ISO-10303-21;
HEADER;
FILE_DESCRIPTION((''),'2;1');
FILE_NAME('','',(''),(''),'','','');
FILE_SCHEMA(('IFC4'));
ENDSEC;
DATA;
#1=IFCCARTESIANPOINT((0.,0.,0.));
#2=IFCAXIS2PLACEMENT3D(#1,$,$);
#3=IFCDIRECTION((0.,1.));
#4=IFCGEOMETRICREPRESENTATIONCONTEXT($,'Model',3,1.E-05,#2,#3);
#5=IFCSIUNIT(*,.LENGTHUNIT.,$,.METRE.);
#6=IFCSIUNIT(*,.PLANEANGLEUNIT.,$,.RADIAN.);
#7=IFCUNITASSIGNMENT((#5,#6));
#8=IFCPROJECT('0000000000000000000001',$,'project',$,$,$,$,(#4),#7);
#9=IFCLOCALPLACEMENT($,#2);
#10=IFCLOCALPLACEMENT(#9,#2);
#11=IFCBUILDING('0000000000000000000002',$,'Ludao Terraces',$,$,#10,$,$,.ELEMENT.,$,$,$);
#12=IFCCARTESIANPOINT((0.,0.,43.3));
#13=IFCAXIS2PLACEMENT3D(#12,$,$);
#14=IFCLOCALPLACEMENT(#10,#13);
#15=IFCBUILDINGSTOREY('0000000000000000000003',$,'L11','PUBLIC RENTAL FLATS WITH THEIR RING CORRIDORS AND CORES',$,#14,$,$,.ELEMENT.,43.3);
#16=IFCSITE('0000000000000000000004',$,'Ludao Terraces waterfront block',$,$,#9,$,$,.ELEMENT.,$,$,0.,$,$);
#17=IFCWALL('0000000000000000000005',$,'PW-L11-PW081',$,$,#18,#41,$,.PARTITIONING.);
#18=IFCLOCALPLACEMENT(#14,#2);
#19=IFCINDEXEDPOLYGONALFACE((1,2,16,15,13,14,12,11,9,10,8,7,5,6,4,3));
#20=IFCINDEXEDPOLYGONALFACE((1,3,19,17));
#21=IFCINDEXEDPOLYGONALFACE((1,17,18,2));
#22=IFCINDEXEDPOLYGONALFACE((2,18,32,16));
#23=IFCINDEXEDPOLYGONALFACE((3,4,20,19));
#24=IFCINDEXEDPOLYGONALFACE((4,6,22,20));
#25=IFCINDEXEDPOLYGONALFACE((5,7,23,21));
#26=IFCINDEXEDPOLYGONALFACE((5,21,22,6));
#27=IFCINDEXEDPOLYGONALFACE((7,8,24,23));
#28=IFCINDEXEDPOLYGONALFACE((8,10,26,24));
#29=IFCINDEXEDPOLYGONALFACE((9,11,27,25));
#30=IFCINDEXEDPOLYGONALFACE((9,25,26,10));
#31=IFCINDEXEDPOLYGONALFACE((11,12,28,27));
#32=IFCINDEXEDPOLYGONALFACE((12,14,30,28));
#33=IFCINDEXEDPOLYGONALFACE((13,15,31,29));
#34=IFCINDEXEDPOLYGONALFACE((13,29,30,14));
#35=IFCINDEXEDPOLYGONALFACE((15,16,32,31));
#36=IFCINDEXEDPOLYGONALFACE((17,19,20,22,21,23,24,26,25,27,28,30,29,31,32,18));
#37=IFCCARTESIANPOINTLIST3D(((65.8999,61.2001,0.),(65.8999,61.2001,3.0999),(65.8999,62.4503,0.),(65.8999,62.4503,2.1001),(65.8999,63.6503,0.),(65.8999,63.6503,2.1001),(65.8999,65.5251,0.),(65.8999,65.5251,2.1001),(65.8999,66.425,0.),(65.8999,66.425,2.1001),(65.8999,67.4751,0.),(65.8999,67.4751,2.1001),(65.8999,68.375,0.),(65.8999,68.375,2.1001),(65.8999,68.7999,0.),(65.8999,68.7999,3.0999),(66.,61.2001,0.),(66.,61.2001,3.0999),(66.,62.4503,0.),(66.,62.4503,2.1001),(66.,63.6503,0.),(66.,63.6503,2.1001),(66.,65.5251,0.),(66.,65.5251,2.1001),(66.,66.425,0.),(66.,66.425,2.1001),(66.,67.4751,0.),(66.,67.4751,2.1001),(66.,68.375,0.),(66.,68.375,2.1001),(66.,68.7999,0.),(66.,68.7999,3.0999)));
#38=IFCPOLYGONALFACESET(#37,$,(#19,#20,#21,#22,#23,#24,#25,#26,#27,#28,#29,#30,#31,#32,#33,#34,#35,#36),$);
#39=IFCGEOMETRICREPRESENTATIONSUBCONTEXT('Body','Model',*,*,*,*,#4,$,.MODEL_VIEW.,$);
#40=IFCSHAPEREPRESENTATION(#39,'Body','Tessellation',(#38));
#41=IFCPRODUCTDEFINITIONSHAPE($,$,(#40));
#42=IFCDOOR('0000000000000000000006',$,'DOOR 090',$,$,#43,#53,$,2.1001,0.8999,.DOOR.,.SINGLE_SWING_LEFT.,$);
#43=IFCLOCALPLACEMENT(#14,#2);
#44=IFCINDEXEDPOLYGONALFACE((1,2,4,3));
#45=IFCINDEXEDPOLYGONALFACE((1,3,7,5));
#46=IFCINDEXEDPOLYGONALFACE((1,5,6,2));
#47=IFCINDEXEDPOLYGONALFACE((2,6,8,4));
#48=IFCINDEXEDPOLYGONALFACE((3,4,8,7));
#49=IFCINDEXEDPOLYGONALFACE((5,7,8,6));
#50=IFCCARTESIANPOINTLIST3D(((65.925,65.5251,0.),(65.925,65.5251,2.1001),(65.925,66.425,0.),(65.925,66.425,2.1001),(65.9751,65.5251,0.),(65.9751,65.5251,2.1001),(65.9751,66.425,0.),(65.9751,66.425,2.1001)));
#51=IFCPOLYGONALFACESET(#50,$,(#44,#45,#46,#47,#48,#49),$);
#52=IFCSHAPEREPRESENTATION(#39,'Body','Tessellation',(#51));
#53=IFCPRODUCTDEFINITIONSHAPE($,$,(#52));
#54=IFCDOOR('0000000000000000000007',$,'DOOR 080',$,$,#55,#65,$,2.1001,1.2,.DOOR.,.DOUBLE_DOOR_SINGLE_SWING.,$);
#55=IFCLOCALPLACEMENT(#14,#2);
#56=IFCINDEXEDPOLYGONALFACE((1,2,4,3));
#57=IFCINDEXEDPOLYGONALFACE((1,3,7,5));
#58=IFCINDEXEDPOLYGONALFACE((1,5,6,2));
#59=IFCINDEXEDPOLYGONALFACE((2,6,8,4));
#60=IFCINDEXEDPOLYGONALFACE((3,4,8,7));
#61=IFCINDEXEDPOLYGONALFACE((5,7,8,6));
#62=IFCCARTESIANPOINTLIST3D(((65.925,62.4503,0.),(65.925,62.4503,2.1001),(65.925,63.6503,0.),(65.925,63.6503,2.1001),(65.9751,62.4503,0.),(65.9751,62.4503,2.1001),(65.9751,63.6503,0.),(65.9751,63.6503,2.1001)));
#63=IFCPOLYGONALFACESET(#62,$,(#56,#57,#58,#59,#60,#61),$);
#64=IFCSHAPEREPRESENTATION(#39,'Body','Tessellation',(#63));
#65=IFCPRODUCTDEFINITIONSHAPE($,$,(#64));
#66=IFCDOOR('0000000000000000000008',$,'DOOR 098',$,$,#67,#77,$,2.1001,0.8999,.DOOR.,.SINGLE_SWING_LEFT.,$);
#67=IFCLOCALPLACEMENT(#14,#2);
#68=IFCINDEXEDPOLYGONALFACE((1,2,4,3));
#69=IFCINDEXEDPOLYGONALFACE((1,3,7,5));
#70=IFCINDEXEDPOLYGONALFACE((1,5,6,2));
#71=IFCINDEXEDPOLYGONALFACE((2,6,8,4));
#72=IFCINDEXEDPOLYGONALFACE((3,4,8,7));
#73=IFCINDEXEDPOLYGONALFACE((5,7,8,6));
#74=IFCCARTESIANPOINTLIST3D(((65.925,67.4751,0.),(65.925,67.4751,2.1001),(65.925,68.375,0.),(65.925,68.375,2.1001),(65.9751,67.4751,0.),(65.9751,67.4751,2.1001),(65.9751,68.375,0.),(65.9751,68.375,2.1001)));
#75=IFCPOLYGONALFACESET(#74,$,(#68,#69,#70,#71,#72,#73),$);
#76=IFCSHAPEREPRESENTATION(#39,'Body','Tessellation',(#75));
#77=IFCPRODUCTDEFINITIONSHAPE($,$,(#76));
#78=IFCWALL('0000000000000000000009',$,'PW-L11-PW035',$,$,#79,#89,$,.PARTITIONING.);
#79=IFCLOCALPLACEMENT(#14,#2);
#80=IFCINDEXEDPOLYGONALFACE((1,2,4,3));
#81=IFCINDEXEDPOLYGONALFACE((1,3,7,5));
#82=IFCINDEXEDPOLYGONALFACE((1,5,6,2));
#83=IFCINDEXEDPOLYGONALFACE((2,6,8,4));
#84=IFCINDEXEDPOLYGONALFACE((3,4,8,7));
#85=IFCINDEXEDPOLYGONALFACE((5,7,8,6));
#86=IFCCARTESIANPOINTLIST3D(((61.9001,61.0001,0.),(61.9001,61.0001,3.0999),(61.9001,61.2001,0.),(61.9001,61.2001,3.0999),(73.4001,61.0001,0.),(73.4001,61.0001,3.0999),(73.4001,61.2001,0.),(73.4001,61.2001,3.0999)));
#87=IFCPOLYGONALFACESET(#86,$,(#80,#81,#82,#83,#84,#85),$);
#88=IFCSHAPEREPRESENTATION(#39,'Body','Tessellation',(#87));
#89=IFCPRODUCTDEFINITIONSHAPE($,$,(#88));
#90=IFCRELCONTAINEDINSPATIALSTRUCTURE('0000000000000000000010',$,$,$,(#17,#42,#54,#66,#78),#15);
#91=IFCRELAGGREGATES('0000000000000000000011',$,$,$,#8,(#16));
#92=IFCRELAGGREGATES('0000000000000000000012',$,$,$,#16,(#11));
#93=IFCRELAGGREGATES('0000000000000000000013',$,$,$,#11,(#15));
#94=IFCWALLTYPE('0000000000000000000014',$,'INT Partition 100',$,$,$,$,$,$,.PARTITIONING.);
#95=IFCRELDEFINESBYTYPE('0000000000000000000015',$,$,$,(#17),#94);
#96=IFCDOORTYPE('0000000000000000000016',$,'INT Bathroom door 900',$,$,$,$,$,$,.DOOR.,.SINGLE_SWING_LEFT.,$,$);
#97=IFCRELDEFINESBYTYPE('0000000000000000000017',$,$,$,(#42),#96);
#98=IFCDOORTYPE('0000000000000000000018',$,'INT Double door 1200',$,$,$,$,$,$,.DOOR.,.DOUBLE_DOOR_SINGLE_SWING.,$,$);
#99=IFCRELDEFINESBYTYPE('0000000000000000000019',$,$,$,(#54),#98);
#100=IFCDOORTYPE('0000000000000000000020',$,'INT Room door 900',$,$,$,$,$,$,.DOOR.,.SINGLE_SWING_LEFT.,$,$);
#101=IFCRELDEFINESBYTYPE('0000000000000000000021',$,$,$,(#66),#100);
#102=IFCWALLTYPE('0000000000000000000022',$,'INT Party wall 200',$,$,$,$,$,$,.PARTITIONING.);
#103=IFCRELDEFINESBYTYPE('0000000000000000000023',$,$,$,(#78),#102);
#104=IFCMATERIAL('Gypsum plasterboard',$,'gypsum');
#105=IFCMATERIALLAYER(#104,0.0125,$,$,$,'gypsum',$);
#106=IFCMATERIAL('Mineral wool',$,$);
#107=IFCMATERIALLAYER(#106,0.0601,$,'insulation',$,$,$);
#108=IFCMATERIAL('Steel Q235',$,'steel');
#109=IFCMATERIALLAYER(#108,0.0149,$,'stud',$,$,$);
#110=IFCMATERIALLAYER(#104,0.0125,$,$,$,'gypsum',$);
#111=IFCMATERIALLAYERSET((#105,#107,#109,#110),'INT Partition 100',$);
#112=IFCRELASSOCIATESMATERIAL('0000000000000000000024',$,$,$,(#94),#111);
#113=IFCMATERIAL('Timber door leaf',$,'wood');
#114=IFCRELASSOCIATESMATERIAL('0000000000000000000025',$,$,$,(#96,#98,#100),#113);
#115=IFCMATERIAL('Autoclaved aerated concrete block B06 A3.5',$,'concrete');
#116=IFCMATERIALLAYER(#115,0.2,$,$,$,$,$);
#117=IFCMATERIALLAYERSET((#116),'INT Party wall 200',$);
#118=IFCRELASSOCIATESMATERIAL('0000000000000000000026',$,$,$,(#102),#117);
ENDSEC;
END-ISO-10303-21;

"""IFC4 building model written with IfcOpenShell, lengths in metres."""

from ifc_helpers import new_model, si_unit, direction, frame, frame_2d, origin, place, context, subcontext, project, spatial, rectangle, extrude, material, layer, layer_set, type_object, element, fill, save


model = new_model("IFC4")

# Units and contexts
model_context = context("Model", 3, precision=1e-05, world=origin(), true_north=direction((0.0, 1.0)))
body_context = subcontext(model_context, "Body", "Model", "MODEL_VIEW")
ifc_project = project(units=[si_unit("LENGTHUNIT", "METRE"), si_unit("PLANEANGLEUNIT", "RADIAN")], contexts=[model_context])

# Site, building, storey
site_placement = place(None, origin())
site = spatial("IfcSite", under=ifc_project, at=site_placement, Name="Ludao Terraces waterfront block", CompositionType="ELEMENT", RefElevation=0.0)
building_placement = place(site_placement, origin())
building = spatial("IfcBuilding", under=site, at=building_placement, Name="Ludao Terraces", CompositionType="ELEMENT")
storey_placement = place(building_placement, frame((0.0, 0.0, 43.3)))
storey = spatial("IfcBuildingStorey", under=building, at=storey_placement, Name="L11", Description="PUBLIC RENTAL FLATS WITH THEIR RING CORRIDORS AND CORES", CompositionType="ELEMENT", Elevation=43.3)

# Shared definitions
ifc_material_1 = material(Name="Mineral wool")

# Shared definitions
ifc_material_2 = material(Name="Gypsum plasterboard", Category="gypsum")
ifc_layer_1 = layer(ifc_material_2, 0.0125, Category="gypsum")
ifc_layer_2 = layer(ifc_material_1, 0.0601, Name="insulation")
ifc_material_3 = material(Name="Steel Q235", Category="steel")
ifc_layer_3 = layer(ifc_material_3, 0.0149, Name="stud")
ifc_layer_4 = layer(ifc_material_2, 0.0125, Category="gypsum")
ifc_layer_set_1 = layer_set([ifc_layer_1, ifc_layer_2, ifc_layer_3, ifc_layer_4], Name="INT Partition 100")
wall_type_1 = type_object("IfcWallType", Name="INT Partition 100", PredefinedType="PARTITIONING", material=ifc_layer_set_1)

# Wall, openings, doors
wall_1_placement = place(storey_placement, frame((65.95, 61.2002, 0.0), z_axis=(0.0, 0.0, 1.0), x_axis=(0.0, 1.0, 0.0)))
wall_1 = element("IfcWall", 1, at=wall_1_placement, inside=storey, type_object=wall_type_1, Name="PW-L11-PW081", PredefinedType="PARTITIONING", context=body_context, shape_type="SweptSolid", body=[
    extrude(rectangle(XDim=7.5999, YDim=0.1001, at=frame_2d((3.7998, 0.0))), origin(), (0.0, 0.0, 1.0), 3.0999),
])
opening_1_placement = place(wall_1_placement, frame((1.25, 0.0, 0.0)))
opening_1 = element("IfcOpeningElement", 2, at=opening_1_placement, cuts=wall_1, PredefinedType="OPENING", context=body_context, shape_type="SweptSolid", body=[
    extrude(rectangle(XDim=1.2, YDim=2.1001, at=frame_2d((0.6001, 1.05))), frame((0.0, 0.0601, 0.0), z_axis=(0.0, -1.0, 0.0), x_axis=(1.0, 0.0, 0.0)), (0.0, 0.0, 1.0), 0.1201),
])
opening_2_placement = place(wall_1_placement, frame((4.325, 0.0, 0.0)))
opening_2 = element("IfcOpeningElement", 3, at=opening_2_placement, cuts=wall_1, PredefinedType="OPENING", context=body_context, shape_type="SweptSolid", body=[
    extrude(rectangle(XDim=0.8999, YDim=2.1001, at=frame_2d((0.45, 1.05))), frame((0.0, 0.0601, 0.0), z_axis=(0.0, -1.0, 0.0), x_axis=(1.0, 0.0, 0.0)), (0.0, 0.0, 1.0), 0.1201),
])
opening_3_placement = place(wall_1_placement, frame((6.2749, 0.0, 0.0)))
opening_3 = element("IfcOpeningElement", 4, at=opening_3_placement, cuts=wall_1, PredefinedType="OPENING", context=body_context, shape_type="SweptSolid", body=[
    extrude(rectangle(XDim=0.8999, YDim=2.1001, at=frame_2d((0.45, 1.05))), frame((0.0, 0.0601, 0.0), z_axis=(0.0, -1.0, 0.0), x_axis=(1.0, 0.0, 0.0)), (0.0, 0.0, 1.0), 0.1201),
])
ifc_material_4 = material(Name="Timber door leaf", Category="wood")
door_type_1 = type_object("IfcDoorType", Name="INT Bathroom door 900", OperationType="SINGLE_SWING_LEFT", PredefinedType="DOOR", material=ifc_material_4)
door_1_placement = place(opening_2_placement, origin())
door_1 = element("IfcDoor", 5, at=door_1_placement, inside=storey, type_object=door_type_1, Name="DOOR 090", OperationType="SINGLE_SWING_LEFT", OverallHeight=2.1001, OverallWidth=0.8999, PredefinedType="DOOR", context=body_context, shape_type="SweptSolid", body=[
    extrude(rectangle(XDim=0.8999, YDim=2.1001, at=frame_2d((0.45, 1.05))), frame((0.0, 0.0249, 0.0), z_axis=(0.0, -1.0, 0.0), x_axis=(1.0, 0.0, 0.0)), (0.0, 0.0, 1.0), 0.05),
])
fill(opening_2, door_1)
door_type_2 = type_object("IfcDoorType", Name="INT Double door 1200", OperationType="DOUBLE_DOOR_SINGLE_SWING", PredefinedType="DOOR", material=ifc_material_4)
door_2_placement = place(opening_1_placement, origin())
door_2 = element("IfcDoor", 6, at=door_2_placement, inside=storey, type_object=door_type_2, Name="DOOR 080", OperationType="DOUBLE_DOOR_SINGLE_SWING", OverallHeight=2.1001, OverallWidth=1.2, PredefinedType="DOOR", context=body_context, shape_type="SweptSolid", body=[
    extrude(rectangle(XDim=1.2, YDim=2.1001, at=frame_2d((0.6001, 1.05))), frame((0.0, 0.0249, 0.0), z_axis=(0.0, -1.0, 0.0), x_axis=(1.0, 0.0, 0.0)), (0.0, 0.0, 1.0), 0.05),
])
fill(opening_1, door_2)
door_type_3 = type_object("IfcDoorType", Name="INT Room door 900", OperationType="SINGLE_SWING_LEFT", PredefinedType="DOOR", material=ifc_material_4)
door_3_placement = place(opening_3_placement, origin())
door_3 = element("IfcDoor", 7, at=door_3_placement, inside=storey, type_object=door_type_3, Name="DOOR 098", OperationType="SINGLE_SWING_LEFT", OverallHeight=2.1001, OverallWidth=0.8999, PredefinedType="DOOR", context=body_context, shape_type="SweptSolid", body=[
    extrude(rectangle(XDim=0.8999, YDim=2.1001, at=frame_2d((0.45, 1.05))), frame((0.0, 0.0249, 0.0), z_axis=(0.0, -1.0, 0.0), x_axis=(1.0, 0.0, 0.0)), (0.0, 0.0, 1.0), 0.05),
])
fill(opening_3, door_3)

# Wall
ifc_material_5 = material(Name="Autoclaved aerated concrete block B06 A3.5", Category="concrete")
ifc_layer_5 = layer(ifc_material_5, 0.2)
ifc_layer_set_2 = layer_set([ifc_layer_5], Name="INT Party wall 200")
wall_type_2 = type_object("IfcWallType", Name="INT Party wall 200", PredefinedType="PARTITIONING", material=ifc_layer_set_2)
wall_2_placement = place(storey_placement, frame((61.9001, 61.1001, 0.0), z_axis=(0.0, 0.0, 1.0), x_axis=(1.0, 0.0, 0.0)))
element("IfcWall", 8, at=wall_2_placement, inside=storey, type_object=wall_type_2, Name="PW-L11-PW035", PredefinedType="PARTITIONING", context=body_context, shape_type="SweptSolid", body=[
    extrude(rectangle(XDim=11.5, YDim=0.2, at=frame_2d((5.75, 0.0))), origin(), (0.0, 0.0, 1.0), 3.0999),
])

save(model, "model.ifc")
